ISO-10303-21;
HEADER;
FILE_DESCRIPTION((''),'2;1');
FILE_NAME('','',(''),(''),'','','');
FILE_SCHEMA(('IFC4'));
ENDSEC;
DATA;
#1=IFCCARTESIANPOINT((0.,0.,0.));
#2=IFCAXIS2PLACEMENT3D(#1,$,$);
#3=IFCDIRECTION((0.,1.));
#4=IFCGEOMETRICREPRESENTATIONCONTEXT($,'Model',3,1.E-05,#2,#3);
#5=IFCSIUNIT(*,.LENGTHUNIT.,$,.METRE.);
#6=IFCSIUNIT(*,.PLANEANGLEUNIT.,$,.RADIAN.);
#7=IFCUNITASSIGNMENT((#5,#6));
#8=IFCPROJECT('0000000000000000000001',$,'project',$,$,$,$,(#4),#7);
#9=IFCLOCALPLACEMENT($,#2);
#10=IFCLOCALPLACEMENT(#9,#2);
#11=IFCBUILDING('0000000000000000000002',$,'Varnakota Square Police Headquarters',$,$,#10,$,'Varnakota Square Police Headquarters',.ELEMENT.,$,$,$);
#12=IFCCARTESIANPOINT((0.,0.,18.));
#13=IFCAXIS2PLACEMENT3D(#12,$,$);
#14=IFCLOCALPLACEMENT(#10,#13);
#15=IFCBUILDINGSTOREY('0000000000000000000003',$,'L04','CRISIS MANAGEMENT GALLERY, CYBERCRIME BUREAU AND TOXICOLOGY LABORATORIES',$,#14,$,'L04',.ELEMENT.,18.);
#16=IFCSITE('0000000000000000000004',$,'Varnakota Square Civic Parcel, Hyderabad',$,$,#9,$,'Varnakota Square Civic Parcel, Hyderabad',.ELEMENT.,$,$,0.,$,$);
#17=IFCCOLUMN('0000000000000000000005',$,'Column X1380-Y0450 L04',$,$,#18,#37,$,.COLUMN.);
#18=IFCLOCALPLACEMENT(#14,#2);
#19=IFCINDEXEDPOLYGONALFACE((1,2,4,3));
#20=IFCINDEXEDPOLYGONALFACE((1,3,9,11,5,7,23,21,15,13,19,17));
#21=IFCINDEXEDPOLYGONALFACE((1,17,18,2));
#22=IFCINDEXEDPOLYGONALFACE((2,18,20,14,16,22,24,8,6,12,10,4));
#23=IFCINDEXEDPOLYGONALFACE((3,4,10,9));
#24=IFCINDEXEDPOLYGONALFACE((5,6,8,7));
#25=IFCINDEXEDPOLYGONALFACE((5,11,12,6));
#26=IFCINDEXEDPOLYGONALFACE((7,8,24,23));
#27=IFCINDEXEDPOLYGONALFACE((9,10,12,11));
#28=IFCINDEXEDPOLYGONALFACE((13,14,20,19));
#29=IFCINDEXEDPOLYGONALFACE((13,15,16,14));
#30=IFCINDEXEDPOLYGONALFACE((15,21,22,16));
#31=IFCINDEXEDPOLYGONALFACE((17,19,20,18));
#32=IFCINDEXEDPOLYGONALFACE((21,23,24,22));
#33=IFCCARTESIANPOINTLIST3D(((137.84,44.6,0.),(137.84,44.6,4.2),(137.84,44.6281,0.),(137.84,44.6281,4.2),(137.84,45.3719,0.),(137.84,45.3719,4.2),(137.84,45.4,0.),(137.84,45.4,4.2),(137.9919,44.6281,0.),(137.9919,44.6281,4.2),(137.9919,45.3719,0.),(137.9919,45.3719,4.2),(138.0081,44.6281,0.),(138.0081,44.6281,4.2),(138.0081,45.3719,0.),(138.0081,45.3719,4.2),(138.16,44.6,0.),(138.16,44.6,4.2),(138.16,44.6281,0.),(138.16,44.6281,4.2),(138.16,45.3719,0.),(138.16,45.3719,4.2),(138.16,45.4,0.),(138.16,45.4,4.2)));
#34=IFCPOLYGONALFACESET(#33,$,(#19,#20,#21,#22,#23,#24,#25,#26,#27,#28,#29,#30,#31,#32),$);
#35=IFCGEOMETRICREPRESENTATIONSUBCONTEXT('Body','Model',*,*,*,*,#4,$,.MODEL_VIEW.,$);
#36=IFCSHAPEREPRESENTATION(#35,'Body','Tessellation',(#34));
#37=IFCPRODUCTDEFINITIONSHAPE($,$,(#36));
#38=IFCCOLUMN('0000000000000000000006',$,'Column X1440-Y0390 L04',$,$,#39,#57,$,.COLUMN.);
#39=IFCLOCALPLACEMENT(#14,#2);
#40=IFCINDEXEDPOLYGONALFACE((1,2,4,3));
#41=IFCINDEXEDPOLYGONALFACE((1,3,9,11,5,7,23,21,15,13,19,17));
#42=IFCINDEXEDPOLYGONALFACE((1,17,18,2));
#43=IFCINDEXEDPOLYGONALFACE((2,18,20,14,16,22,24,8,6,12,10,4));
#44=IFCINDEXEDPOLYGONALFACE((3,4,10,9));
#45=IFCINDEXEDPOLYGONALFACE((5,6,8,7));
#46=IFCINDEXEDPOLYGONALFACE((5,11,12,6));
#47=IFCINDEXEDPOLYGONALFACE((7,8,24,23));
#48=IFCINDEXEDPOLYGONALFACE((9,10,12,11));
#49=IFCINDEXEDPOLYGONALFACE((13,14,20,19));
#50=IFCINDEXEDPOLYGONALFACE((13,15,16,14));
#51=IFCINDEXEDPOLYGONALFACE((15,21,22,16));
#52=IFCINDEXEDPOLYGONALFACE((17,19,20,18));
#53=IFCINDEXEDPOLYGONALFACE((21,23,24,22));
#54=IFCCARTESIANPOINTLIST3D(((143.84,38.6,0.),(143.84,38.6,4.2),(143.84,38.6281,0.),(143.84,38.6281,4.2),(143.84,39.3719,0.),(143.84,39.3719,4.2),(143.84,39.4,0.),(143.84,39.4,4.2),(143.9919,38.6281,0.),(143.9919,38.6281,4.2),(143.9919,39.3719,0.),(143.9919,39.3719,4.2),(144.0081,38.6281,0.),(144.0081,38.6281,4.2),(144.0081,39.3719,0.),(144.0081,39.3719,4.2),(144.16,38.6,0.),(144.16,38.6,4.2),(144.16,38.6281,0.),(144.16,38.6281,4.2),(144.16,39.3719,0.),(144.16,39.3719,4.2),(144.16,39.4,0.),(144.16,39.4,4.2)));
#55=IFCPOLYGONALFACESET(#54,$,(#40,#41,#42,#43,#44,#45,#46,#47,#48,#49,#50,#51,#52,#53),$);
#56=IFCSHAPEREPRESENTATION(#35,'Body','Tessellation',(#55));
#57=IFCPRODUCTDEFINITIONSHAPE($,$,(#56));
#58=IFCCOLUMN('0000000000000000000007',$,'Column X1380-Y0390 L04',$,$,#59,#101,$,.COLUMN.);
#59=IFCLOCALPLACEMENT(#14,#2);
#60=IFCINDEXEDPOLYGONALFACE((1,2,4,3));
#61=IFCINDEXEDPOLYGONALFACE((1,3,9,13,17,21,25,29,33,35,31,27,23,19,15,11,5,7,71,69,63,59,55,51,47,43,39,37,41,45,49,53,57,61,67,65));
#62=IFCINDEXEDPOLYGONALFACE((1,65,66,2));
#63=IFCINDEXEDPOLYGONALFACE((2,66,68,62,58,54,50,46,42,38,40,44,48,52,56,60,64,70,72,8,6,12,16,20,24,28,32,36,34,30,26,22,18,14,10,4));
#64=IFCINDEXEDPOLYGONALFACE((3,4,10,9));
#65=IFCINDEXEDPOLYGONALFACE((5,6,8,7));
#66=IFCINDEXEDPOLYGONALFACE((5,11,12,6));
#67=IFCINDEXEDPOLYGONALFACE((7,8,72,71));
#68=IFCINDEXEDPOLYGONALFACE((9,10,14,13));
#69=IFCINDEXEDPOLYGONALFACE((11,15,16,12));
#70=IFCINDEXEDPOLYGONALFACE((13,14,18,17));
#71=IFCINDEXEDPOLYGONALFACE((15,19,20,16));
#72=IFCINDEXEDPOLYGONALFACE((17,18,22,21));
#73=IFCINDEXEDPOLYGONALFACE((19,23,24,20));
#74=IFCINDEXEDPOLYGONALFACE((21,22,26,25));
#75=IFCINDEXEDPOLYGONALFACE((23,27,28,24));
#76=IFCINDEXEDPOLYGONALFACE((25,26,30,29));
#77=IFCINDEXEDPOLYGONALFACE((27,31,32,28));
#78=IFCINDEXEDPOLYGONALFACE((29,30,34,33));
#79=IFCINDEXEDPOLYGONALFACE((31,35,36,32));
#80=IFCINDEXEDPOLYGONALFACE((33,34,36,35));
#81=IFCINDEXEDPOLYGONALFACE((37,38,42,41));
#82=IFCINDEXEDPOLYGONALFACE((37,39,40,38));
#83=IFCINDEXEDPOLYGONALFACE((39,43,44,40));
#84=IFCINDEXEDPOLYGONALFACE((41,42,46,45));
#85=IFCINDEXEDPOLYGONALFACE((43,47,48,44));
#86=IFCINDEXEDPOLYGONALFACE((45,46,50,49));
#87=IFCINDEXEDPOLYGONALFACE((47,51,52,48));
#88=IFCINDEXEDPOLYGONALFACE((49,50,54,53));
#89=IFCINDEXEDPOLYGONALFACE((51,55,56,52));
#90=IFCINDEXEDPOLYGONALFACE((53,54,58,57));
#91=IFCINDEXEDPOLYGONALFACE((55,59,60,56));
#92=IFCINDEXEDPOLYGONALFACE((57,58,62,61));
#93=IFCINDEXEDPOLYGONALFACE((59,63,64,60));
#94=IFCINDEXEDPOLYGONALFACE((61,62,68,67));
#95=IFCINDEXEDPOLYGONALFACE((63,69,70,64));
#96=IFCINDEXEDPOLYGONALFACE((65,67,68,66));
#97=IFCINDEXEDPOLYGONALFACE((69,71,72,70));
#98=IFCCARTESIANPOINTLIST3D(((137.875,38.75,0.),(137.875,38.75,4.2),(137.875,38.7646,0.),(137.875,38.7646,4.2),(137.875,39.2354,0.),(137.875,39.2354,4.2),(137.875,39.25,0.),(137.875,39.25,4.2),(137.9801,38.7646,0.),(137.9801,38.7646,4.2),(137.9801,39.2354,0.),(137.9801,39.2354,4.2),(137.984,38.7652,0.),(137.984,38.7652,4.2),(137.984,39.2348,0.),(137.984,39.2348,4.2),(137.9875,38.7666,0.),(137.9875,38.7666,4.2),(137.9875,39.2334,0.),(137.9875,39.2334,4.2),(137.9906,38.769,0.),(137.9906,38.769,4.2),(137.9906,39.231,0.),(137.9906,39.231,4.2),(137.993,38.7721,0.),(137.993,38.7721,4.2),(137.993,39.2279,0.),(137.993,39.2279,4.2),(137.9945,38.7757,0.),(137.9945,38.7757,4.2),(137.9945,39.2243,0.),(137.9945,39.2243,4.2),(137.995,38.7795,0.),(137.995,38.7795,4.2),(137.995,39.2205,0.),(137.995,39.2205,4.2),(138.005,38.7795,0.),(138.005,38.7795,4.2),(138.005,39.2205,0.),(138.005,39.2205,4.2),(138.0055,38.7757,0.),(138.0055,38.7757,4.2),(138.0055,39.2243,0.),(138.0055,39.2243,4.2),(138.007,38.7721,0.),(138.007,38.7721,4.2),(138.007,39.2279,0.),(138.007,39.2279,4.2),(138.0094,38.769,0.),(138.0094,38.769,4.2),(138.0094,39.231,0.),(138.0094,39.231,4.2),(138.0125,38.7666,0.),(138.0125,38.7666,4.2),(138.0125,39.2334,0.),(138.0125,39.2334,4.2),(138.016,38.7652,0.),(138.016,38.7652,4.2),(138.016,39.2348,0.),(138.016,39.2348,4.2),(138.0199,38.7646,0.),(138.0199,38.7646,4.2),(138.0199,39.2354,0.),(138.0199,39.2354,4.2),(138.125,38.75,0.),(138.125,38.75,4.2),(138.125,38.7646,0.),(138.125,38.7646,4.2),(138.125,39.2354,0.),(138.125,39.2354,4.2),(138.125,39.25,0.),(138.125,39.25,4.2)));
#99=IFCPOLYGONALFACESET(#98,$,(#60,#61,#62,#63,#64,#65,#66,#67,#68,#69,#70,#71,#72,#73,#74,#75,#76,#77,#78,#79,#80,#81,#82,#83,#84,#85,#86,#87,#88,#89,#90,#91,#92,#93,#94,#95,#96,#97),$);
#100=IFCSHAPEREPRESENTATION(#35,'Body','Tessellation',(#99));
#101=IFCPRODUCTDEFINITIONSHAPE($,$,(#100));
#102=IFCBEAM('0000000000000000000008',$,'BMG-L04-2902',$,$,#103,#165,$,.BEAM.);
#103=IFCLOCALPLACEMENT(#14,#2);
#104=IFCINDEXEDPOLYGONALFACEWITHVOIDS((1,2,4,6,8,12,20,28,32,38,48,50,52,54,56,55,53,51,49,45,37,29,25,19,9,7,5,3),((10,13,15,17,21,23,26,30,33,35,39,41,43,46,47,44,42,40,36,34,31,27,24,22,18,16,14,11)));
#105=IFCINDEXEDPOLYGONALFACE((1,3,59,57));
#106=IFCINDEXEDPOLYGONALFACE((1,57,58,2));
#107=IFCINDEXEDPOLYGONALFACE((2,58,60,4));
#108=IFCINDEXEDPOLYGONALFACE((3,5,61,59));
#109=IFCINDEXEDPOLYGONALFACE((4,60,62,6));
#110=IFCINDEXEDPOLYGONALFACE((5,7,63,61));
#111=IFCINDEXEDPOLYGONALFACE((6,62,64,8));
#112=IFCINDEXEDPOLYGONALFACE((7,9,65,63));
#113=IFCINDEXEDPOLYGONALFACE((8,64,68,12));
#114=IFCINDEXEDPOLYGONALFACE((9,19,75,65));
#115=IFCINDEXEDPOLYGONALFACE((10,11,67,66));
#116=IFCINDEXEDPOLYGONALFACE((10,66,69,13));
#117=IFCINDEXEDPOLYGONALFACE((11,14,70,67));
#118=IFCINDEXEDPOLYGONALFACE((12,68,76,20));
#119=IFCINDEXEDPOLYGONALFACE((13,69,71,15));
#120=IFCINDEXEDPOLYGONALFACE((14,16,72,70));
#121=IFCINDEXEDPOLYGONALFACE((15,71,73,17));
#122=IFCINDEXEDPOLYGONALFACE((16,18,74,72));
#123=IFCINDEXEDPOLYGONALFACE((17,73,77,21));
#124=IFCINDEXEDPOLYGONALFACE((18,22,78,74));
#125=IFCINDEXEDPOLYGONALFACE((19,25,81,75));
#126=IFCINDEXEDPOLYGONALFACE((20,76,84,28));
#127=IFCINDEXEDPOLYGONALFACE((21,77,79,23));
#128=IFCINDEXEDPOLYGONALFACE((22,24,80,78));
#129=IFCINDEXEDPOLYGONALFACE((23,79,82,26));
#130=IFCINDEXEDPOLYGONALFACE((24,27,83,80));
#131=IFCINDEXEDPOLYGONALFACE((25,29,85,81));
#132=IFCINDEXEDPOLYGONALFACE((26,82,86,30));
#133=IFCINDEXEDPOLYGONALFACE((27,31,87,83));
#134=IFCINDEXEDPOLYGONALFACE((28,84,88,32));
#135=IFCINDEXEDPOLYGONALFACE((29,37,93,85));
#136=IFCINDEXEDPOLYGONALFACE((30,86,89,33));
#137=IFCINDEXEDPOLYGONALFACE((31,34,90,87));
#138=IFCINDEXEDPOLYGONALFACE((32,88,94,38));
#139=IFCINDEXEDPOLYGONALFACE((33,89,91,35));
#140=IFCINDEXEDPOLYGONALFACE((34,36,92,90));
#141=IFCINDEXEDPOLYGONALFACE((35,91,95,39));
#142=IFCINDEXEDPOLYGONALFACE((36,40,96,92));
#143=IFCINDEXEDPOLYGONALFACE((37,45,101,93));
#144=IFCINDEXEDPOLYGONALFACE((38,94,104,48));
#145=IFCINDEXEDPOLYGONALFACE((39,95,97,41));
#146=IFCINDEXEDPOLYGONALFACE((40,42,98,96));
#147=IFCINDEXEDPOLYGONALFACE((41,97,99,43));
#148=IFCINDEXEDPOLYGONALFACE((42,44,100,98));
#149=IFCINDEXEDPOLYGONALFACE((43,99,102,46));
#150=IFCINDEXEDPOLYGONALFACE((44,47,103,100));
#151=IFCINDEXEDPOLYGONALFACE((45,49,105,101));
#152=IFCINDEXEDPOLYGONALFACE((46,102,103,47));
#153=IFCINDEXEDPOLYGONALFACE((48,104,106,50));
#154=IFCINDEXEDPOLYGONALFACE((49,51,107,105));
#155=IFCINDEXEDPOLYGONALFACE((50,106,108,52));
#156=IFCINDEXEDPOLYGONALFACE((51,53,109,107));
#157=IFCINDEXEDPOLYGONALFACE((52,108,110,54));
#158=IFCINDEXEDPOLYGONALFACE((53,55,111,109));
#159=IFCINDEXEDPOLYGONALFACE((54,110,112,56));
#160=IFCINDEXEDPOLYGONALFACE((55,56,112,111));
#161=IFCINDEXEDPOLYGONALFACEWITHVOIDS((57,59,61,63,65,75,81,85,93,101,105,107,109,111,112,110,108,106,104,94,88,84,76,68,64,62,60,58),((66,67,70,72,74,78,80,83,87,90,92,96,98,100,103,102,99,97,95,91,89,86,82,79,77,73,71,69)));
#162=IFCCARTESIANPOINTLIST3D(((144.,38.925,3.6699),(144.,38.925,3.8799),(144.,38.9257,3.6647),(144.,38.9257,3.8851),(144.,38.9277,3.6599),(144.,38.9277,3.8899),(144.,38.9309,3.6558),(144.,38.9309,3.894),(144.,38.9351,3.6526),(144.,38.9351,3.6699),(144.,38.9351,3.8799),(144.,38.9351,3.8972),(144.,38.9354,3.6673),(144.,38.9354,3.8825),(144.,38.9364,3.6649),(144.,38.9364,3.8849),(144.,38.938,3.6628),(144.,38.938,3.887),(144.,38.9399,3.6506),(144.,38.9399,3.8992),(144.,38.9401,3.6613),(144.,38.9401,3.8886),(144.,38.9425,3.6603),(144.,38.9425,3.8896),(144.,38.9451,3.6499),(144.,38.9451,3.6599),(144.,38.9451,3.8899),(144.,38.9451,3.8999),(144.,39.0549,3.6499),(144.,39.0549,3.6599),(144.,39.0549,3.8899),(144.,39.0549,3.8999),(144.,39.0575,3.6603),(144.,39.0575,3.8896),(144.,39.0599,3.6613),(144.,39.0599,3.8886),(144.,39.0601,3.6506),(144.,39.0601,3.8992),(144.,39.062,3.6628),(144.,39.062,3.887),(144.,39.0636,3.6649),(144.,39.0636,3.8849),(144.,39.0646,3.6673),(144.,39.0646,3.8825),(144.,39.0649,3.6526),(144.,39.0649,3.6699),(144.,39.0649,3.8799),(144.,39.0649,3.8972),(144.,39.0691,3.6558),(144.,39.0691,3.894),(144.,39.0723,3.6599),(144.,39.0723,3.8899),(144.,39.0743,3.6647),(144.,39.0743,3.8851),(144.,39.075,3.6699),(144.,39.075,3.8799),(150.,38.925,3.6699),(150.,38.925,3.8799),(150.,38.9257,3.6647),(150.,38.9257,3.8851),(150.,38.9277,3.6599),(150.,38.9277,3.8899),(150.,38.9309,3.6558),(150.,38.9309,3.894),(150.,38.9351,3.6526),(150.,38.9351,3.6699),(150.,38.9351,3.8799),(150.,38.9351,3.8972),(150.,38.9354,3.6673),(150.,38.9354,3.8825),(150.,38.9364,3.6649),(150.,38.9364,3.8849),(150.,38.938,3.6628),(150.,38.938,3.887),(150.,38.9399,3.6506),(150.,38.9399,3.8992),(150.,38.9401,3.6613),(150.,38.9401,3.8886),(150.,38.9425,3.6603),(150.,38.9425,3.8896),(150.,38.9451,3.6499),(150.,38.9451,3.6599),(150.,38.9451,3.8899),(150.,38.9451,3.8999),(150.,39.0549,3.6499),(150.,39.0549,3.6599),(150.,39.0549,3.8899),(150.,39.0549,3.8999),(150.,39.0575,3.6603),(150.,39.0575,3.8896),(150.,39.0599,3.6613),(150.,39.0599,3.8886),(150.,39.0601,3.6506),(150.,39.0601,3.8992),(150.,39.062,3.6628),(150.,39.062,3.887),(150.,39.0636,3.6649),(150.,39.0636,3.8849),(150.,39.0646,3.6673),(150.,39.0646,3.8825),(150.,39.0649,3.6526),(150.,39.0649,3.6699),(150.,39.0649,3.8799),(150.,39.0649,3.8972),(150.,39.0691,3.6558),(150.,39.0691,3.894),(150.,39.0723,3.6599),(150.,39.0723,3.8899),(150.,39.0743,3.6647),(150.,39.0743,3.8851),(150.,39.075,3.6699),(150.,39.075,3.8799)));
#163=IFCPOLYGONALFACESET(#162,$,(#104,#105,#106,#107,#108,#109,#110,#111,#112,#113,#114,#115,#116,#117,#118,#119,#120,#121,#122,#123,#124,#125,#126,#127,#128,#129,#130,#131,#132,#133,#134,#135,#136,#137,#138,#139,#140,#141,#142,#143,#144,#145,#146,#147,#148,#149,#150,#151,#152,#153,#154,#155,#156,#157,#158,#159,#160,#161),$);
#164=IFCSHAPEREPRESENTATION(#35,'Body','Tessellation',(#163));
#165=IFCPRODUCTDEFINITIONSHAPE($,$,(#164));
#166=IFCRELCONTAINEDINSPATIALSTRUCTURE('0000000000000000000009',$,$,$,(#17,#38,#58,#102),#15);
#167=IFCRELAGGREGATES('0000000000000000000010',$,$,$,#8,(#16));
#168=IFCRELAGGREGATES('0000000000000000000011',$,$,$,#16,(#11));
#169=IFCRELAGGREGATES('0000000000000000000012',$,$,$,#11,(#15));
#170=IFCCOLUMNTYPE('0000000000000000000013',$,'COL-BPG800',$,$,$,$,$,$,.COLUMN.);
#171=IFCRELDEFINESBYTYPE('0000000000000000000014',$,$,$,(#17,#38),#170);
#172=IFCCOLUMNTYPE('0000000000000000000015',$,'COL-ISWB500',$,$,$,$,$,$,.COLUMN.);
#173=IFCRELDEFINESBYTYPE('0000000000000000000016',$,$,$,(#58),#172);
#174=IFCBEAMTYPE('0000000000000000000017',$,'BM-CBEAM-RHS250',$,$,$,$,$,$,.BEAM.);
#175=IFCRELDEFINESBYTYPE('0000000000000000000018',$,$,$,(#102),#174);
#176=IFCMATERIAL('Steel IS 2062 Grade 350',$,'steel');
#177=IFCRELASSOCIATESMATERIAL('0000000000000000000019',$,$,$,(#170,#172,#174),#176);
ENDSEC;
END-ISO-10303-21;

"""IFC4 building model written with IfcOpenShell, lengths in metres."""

from ifc_helpers import new_model, si_unit, direction, frame, origin, origin_2d, place, context, subcontext, project, spatial, hollow_rectangle, i_section, extrude, material, material_profile, profile_set, type_object, element, save


model = new_model("IFC4")

# Units and contexts
model_context = context("Model", 3, precision=1e-05, world=origin(), true_north=direction((0.0, 1.0)))
body_context = subcontext(model_context, "Body", "Model", "MODEL_VIEW")
ifc_project = project(units=[si_unit("LENGTHUNIT", "METRE"), si_unit("PLANEANGLEUNIT", "RADIAN")], contexts=[model_context])

# Site, building, storey
site_placement = place(None, origin())
site = spatial("IfcSite", under=ifc_project, at=site_placement, Name="Varnakota Square Civic Parcel, Hyderabad", LongName="Varnakota Square Civic Parcel, Hyderabad", CompositionType="ELEMENT", RefElevation=0.0)
building_placement = place(site_placement, origin())
building = spatial("IfcBuilding", under=site, at=building_placement, Name="Varnakota Square Police Headquarters", LongName="Varnakota Square Police Headquarters", CompositionType="ELEMENT")
storey_placement = place(building_placement, frame((0.0, 0.0, 18.0)))
storey = spatial("IfcBuildingStorey", under=building, at=storey_placement, Name="L04", Description="CRISIS MANAGEMENT GALLERY, CYBERCRIME BUREAU AND TOXICOLOGY LABORATORIES", LongName="L04", CompositionType="ELEMENT", Elevation=18.0)

# Columns
ifc_material_1 = material(Name="Steel IS 2062 Grade 350", Category="steel")
ifc_material_profile_1 = material_profile(ifc_material_1, i_section(OverallWidth=0.3201, OverallDepth=0.8, WebThickness=0.0161, FlangeThickness=0.0281, at=origin_2d()), Name="BPG 800x320")
ifc_profile_set_1 = profile_set([ifc_material_profile_1], Name="Steel IS 2062 Grade 350")
column_type_1 = type_object("IfcColumnType", Name="COL-BPG800", PredefinedType="COLUMN", material=ifc_profile_set_1)
for number, where, z_axis, x_axis, name in (
    (1, (138.0, 45.0, 0.0), (0.0, 0.0, 1.0), (1.0, 0.0, 0.0), "Column X1380-Y0450 L04"),
    (2, (144.0, 39.0, 0.0), (0.0, 0.0, 1.0), (1.0, 0.0, 0.0), "Column X1440-Y0390 L04"),
):
    element("IfcColumn", number, at=place(storey_placement, frame(where, z_axis=z_axis, x_axis=x_axis)), inside=storey, type_object=column_type_1, Name=name, PredefinedType="COLUMN", context=body_context, shape_type="SweptSolid", body=[
        extrude(i_section(OverallWidth=0.3201, OverallDepth=0.8, WebThickness=0.0161, FlangeThickness=0.0281, at=origin_2d()), origin(), (0.0, 0.0, 1.0), 4.2),
    ])
ifc_material_profile_2 = material_profile(ifc_material_1, i_section(OverallWidth=0.25, OverallDepth=0.5, WebThickness=0.01, FlangeThickness=0.0146, FilletRadius=0.0149, at=origin_2d()), Name="ISWB 500")
ifc_profile_set_2 = profile_set([ifc_material_profile_2], Name="Steel IS 2062 Grade 350")
column_type_2 = type_object("IfcColumnType", Name="COL-ISWB500", PredefinedType="COLUMN", material=ifc_profile_set_2)
column_placement = place(storey_placement, frame((138.0, 39.0, 0.0), z_axis=(0.0, 0.0, 1.0), x_axis=(1.0, 0.0, 0.0)))
element("IfcColumn", 3, at=column_placement, inside=storey, type_object=column_type_2, Name="Column X1380-Y0390 L04", PredefinedType="COLUMN", context=body_context, shape_type="SweptSolid", body=[
    extrude(i_section(OverallWidth=0.25, OverallDepth=0.5, WebThickness=0.01, FlangeThickness=0.0146, FilletRadius=0.0149, at=origin_2d()), origin(), (0.0, 0.0, 1.0), 4.2),
])

# Beam
ifc_material_profile_3 = material_profile(ifc_material_1, hollow_rectangle(XDim=0.1499, YDim=0.25, WallThickness=0.01, InnerFilletRadius=0.01, OuterFilletRadius=0.02, at=origin_2d()), Name="RHS 250x150x10")
ifc_profile_set_3 = profile_set([ifc_material_profile_3], Name="Steel IS 2062 Grade 350")
beam_type_1 = type_object("IfcBeamType", Name="BM-CBEAM-RHS250", PredefinedType="BEAM", material=ifc_profile_set_3)
beam_1_placement = place(storey_placement, frame((144.0, 39.0, 3.7749), z_axis=(1.0, 0.0, 0.0), x_axis=(0.0, 1.0, 0.0)))
element("IfcBeam", 4, at=beam_1_placement, inside=storey, type_object=beam_type_1, Name="BMG-L04-2902", PredefinedType="BEAM", context=body_context, shape_type="SweptSolid", body=[
    extrude(hollow_rectangle(XDim=0.1499, YDim=0.25, WallThickness=0.01, InnerFilletRadius=0.01, OuterFilletRadius=0.02, at=origin_2d()), origin(), (0.0, 0.0, 1.0), 6.0),
])

save(model, "model.ifc")
